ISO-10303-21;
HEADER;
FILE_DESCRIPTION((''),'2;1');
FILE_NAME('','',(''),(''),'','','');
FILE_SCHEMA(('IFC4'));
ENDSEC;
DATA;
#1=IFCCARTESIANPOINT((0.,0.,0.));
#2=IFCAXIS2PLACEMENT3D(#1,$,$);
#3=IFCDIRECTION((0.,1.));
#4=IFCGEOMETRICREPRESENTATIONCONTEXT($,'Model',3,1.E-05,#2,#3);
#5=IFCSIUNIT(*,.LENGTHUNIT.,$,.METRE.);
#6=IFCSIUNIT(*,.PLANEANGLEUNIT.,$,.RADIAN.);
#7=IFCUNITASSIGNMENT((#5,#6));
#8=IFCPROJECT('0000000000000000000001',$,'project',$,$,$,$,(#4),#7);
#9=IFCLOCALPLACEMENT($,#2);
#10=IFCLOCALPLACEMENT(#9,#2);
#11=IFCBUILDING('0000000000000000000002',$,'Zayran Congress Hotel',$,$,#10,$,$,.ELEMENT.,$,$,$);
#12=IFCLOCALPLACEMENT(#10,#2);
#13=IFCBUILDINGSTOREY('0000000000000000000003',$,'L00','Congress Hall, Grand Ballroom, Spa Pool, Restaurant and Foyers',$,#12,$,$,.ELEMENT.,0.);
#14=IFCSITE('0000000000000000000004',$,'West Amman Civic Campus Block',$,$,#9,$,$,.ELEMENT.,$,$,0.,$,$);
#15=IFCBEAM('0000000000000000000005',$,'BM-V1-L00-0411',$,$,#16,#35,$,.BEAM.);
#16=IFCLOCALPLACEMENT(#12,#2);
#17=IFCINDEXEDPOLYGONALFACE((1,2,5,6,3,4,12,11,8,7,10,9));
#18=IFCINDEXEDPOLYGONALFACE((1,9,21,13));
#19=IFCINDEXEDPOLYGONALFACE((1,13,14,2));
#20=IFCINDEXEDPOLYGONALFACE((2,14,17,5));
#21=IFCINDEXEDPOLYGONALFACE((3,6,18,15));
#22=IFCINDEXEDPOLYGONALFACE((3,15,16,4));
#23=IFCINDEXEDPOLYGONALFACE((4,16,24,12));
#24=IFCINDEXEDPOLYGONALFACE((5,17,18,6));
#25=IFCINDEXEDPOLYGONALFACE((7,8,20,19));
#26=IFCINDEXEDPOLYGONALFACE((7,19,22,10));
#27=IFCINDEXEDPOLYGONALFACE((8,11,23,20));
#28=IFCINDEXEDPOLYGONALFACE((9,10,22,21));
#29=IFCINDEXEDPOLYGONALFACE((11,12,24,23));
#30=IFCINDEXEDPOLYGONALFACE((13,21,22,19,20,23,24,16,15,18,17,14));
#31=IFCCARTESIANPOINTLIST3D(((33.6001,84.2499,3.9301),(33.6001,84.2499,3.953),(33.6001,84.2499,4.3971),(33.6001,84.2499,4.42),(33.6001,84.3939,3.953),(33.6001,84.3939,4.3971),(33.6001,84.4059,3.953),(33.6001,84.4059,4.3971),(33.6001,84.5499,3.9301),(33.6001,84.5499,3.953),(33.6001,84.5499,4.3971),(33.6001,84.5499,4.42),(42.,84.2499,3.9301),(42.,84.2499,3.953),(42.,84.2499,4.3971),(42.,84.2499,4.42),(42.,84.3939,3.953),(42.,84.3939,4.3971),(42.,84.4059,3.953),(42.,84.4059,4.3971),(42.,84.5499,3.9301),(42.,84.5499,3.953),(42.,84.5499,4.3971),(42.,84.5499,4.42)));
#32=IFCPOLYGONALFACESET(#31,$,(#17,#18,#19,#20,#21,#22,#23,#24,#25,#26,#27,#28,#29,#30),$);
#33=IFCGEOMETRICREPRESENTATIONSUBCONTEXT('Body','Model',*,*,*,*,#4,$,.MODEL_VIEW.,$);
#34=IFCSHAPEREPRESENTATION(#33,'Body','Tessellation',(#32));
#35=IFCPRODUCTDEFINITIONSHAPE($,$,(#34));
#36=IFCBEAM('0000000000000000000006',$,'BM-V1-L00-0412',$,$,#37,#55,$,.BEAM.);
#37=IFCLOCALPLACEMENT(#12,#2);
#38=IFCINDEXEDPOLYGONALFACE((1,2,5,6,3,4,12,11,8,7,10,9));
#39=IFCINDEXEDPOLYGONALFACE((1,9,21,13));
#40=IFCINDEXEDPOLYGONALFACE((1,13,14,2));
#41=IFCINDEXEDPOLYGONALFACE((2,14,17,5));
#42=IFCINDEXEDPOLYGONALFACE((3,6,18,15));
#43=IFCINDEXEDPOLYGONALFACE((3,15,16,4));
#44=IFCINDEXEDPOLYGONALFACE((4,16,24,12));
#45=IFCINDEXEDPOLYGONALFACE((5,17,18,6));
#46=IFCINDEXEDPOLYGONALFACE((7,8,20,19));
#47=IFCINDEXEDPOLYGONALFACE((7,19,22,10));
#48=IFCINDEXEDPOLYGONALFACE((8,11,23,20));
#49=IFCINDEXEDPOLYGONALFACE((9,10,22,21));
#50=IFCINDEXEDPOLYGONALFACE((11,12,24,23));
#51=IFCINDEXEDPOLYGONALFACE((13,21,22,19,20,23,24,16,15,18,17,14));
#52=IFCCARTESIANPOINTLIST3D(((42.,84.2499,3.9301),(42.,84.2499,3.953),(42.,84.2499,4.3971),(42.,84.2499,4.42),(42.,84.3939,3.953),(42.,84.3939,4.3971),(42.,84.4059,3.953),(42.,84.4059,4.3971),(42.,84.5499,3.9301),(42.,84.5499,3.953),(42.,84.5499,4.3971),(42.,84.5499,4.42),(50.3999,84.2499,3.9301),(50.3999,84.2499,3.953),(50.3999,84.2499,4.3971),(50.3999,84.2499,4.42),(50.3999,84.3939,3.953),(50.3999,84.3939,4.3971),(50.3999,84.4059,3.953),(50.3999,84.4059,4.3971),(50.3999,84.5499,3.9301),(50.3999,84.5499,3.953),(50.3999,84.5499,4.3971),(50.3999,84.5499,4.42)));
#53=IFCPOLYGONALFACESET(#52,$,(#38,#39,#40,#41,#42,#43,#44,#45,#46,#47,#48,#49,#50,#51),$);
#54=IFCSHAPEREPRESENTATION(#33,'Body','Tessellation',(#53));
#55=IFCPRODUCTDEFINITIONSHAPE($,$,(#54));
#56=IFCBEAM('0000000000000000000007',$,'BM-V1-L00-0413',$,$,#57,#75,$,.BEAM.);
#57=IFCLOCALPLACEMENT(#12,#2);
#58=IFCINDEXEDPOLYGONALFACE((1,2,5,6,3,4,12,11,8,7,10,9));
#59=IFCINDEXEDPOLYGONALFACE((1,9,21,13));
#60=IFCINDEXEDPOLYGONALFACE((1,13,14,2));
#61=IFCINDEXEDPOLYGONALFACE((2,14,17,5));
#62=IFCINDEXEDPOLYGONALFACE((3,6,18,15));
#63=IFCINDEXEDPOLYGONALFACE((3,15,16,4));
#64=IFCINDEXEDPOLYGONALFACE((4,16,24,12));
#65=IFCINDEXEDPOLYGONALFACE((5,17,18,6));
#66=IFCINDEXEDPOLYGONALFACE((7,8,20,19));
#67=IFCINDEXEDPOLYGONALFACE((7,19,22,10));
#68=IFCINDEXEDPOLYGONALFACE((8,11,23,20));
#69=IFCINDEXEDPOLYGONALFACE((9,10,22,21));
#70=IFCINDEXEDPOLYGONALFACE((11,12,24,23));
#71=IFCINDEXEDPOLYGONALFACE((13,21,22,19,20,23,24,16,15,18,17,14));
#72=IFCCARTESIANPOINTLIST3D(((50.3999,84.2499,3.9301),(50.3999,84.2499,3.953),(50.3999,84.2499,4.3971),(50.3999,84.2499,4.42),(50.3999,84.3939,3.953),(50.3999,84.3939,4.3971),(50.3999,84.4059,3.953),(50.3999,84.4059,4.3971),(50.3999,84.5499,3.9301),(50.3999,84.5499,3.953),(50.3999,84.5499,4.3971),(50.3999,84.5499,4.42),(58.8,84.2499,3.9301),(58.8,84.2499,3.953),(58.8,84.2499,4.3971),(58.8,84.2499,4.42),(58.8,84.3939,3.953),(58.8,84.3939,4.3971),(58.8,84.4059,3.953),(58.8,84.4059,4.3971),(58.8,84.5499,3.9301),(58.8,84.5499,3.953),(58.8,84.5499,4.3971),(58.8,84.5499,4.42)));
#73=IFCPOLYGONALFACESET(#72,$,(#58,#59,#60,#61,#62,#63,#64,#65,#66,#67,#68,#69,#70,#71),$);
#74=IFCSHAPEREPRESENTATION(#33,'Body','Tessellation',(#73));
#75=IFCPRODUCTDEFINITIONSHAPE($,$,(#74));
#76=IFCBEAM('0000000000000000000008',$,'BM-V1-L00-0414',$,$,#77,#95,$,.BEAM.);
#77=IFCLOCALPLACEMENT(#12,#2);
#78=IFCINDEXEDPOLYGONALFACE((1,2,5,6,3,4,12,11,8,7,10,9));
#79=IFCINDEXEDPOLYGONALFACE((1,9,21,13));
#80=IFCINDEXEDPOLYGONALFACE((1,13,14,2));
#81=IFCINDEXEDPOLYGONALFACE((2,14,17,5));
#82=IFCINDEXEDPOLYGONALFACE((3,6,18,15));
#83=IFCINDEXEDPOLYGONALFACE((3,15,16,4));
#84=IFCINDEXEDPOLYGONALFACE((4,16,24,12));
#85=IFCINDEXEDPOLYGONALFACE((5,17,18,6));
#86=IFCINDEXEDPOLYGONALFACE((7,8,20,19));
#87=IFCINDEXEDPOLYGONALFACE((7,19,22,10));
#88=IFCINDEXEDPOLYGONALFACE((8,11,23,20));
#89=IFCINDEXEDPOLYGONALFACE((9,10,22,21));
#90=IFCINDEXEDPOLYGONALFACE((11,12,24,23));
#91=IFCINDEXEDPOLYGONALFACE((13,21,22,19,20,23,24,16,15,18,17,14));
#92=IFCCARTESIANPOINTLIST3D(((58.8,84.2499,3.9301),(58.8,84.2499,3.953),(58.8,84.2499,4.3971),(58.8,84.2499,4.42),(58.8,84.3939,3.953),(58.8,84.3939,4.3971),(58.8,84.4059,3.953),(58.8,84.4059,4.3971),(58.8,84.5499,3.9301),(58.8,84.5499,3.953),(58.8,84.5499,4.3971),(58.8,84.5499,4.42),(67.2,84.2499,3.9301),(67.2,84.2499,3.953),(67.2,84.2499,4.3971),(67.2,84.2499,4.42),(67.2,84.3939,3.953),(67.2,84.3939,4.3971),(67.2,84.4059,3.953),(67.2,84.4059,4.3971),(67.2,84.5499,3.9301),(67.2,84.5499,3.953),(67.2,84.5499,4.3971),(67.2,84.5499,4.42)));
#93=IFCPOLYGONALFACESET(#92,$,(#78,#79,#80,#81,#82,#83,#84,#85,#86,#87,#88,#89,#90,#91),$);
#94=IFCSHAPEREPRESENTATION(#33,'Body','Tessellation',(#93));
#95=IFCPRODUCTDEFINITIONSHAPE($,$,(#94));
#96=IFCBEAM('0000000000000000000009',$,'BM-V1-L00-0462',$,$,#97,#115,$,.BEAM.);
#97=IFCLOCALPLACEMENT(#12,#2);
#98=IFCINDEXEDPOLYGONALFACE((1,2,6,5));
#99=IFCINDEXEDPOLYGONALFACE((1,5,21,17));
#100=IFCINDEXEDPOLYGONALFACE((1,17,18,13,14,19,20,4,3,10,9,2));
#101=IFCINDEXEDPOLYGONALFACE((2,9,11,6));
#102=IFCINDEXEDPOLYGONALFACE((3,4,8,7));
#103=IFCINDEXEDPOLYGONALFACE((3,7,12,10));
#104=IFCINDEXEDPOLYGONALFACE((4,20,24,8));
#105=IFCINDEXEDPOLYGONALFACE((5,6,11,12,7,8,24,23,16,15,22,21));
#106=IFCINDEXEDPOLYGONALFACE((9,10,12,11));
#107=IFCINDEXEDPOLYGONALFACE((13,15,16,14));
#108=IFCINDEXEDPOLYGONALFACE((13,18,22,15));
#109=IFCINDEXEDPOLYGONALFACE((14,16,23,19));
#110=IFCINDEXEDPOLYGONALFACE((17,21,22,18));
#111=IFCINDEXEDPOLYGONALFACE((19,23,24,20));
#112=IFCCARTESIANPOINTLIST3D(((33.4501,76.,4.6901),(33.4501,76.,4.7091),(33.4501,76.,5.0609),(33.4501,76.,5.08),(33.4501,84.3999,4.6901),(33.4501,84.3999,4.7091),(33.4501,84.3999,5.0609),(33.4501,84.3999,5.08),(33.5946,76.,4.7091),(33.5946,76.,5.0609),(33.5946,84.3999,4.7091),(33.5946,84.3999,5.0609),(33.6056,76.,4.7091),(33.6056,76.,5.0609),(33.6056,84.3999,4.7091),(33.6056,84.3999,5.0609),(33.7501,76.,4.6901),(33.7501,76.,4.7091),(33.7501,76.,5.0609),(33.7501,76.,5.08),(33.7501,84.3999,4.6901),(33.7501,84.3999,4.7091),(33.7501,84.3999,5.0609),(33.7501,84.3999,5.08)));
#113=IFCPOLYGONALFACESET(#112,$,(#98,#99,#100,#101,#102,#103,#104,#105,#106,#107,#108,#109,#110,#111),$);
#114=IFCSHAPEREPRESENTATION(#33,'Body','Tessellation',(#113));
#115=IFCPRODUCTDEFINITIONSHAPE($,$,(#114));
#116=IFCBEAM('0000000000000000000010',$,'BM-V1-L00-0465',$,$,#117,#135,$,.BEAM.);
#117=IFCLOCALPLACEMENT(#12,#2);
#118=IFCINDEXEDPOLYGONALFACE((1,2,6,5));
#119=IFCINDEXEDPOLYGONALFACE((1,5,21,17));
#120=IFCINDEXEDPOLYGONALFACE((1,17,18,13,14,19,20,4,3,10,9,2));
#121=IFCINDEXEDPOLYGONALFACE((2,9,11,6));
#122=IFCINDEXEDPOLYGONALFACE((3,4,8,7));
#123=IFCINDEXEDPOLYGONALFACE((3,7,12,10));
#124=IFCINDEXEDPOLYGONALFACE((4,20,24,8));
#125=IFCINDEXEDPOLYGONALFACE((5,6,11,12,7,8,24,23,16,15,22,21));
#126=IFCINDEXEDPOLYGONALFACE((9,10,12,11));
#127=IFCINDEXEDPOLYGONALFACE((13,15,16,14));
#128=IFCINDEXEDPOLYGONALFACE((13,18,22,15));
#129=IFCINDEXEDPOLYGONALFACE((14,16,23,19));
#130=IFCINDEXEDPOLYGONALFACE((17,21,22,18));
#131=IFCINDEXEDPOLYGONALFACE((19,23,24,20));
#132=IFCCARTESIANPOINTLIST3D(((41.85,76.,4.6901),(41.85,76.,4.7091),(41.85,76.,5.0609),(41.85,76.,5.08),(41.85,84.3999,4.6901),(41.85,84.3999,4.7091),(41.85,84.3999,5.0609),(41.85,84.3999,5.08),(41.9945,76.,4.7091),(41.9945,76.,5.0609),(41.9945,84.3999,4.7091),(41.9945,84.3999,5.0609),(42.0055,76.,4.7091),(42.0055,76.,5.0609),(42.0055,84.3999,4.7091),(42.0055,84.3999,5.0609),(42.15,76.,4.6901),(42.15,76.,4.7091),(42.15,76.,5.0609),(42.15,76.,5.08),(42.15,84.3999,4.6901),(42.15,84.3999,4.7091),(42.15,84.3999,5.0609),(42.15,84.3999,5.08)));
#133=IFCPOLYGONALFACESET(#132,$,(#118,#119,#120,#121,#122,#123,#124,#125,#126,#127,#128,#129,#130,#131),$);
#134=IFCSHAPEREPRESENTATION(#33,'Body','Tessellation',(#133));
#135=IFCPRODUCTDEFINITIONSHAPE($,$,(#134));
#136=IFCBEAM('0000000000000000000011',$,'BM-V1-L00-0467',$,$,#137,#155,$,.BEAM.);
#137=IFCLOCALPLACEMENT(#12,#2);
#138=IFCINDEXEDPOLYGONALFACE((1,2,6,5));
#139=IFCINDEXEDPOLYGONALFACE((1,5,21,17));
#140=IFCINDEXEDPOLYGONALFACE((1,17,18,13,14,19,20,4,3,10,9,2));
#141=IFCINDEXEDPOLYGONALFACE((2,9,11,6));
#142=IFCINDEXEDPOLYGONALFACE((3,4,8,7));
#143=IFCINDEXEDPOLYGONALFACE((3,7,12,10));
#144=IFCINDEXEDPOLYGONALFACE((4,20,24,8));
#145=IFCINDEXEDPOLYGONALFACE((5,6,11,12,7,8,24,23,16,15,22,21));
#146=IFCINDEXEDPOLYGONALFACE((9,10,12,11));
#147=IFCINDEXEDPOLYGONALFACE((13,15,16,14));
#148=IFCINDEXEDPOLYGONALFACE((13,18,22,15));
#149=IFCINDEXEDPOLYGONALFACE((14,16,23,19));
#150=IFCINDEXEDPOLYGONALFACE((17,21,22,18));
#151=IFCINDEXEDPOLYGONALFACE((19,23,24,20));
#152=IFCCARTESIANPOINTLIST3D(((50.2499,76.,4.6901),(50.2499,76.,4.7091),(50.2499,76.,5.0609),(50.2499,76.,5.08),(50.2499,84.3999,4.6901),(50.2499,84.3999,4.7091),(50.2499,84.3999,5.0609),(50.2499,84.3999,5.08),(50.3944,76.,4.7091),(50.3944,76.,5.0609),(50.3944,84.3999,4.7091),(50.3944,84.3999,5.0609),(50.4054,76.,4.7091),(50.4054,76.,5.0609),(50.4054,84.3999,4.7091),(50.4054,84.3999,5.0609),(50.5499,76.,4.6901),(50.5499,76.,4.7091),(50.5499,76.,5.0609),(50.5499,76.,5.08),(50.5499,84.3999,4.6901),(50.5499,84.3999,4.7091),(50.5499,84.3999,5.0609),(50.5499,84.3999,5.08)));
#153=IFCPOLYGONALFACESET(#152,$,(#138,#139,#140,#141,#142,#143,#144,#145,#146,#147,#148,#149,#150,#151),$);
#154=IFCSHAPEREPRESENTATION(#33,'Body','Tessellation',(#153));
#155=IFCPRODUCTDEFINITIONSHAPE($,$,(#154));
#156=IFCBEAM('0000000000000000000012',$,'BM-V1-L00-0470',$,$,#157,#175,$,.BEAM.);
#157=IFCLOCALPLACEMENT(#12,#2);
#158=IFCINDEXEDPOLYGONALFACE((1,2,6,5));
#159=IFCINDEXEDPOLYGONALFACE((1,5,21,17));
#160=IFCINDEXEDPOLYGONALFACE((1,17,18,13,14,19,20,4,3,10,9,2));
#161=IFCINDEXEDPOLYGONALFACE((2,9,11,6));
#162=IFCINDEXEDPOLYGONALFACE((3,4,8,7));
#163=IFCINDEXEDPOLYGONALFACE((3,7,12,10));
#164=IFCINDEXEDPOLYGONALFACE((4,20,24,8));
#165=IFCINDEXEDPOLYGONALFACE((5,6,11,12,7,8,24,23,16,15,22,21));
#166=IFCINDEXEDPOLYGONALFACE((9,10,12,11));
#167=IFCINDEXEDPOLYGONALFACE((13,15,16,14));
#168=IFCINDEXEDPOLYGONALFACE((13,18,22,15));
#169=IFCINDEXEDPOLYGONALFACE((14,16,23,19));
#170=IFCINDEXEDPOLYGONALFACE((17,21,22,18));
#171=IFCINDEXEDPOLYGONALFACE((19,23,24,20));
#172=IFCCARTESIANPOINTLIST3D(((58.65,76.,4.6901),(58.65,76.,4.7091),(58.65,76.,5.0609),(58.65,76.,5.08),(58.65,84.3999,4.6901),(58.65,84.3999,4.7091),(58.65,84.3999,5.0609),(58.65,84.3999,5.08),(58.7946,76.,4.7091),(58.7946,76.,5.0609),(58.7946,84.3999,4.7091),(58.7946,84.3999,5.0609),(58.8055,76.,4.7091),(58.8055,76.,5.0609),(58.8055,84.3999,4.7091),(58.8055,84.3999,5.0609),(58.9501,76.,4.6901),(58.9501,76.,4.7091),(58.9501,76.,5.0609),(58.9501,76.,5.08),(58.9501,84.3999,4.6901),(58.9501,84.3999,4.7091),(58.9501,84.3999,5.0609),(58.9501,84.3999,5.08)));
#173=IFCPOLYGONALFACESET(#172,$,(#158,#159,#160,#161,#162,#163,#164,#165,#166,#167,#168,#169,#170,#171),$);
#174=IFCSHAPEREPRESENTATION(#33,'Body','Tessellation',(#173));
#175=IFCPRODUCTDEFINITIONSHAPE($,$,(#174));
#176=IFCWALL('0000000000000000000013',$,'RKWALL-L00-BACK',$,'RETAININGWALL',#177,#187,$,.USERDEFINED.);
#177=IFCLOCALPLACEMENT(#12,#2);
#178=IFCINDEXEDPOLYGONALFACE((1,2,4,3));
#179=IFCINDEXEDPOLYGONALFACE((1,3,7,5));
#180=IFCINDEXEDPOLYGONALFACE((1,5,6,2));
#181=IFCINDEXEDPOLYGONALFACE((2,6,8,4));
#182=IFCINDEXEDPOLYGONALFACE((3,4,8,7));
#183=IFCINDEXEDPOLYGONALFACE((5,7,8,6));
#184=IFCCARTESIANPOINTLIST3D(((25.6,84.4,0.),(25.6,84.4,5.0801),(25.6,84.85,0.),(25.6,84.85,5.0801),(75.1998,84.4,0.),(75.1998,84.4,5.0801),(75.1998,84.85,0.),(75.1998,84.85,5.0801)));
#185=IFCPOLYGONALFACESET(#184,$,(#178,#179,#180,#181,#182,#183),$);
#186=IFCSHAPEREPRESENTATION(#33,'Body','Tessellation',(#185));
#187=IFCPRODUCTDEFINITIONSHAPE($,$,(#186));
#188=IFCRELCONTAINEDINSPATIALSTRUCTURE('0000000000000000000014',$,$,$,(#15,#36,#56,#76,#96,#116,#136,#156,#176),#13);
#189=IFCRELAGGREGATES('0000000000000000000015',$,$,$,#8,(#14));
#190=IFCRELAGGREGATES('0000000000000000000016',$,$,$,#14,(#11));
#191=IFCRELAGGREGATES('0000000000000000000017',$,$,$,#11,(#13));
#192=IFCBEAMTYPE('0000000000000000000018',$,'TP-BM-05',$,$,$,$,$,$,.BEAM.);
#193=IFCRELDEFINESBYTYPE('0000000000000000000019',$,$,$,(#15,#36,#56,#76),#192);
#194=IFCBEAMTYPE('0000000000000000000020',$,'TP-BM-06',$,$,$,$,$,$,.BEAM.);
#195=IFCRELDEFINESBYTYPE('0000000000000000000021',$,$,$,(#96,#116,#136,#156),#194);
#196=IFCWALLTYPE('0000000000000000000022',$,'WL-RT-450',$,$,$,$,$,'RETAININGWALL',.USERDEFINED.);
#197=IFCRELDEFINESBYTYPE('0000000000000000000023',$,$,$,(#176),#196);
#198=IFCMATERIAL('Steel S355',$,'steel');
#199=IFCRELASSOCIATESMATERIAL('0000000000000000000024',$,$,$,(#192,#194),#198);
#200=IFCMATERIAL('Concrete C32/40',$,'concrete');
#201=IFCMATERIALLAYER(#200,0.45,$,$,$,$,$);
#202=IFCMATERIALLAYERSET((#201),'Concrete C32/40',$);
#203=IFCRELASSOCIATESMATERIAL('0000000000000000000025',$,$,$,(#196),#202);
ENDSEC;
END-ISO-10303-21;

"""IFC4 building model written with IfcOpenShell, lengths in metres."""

from ifc_helpers import new_model, si_unit, direction, frame, frame_2d, origin, origin_2d, place, context, subcontext, project, spatial, rectangle, i_section, extrude, material, layer, layer_set, material_profile, profile_set, type_object, element, save


model = new_model("IFC4")

# Units and contexts
model_context = context("Model", 3, precision=1e-05, world=origin(), true_north=direction((0.0, 1.0)))
body_context = subcontext(model_context, "Body", "Model", "MODEL_VIEW")
ifc_project = project(units=[si_unit("LENGTHUNIT", "METRE"), si_unit("PLANEANGLEUNIT", "RADIAN")], contexts=[model_context])

# Site, building, storey
site_placement = place(None, origin())
site = spatial("IfcSite", under=ifc_project, at=site_placement, Name="West Amman Civic Campus Block", CompositionType="ELEMENT", RefElevation=0.0)
building_placement = place(site_placement, origin())
building = spatial("IfcBuilding", under=site, at=building_placement, Name="Zayran Congress Hotel", CompositionType="ELEMENT")
storey_placement = place(building_placement, origin())
storey = spatial("IfcBuildingStorey", under=building, at=storey_placement, Name="L00", Description="Congress Hall, Grand Ballroom, Spa Pool, Restaurant and Foyers", CompositionType="ELEMENT", Elevation=0.0)

# Beams
ifc_material_1 = material(Name="Steel S355", Category="steel")
ifc_material_profile_1 = material_profile(ifc_material_1, i_section(OverallWidth=0.3, OverallDepth=0.49, WebThickness=0.012, FlangeThickness=0.0229, at=origin_2d()), Name="HEA 500")
ifc_profile_set_1 = profile_set([ifc_material_profile_1], Name="Steel S355")
beam_type_1 = type_object("IfcBeamType", Name="TP-BM-05", PredefinedType="BEAM", material=ifc_profile_set_1)
for number, where, z_axis, x_axis, name in (
    (1, (33.6001, 84.3999, 4.175), (1.0, 0.0, 0.0), (0.0, 1.0, 0.0), "BM-V1-L00-0411"),
    (2, (42.0, 84.3999, 4.175), (1.0, 0.0, 0.0), (0.0, 1.0, 0.0), "BM-V1-L00-0412"),
):
    element("IfcBeam", number, at=place(storey_placement, frame(where, z_axis=z_axis, x_axis=x_axis)), inside=storey, type_object=beam_type_1, Name=name, PredefinedType="BEAM", context=body_context, shape_type="SweptSolid", body=[
        extrude(i_section(OverallWidth=0.3, OverallDepth=0.49, WebThickness=0.012, FlangeThickness=0.0229, at=origin_2d()), origin(), (0.0, 0.0, 1.0), 8.3999),
    ])
beam_1_placement = place(storey_placement, frame((50.3999, 84.3999, 4.175), z_axis=(1.0, 0.0, 0.0), x_axis=(0.0, 1.0, 0.0)))
element("IfcBeam", 3, at=beam_1_placement, inside=storey, type_object=beam_type_1, Name="BM-V1-L00-0413", PredefinedType="BEAM", context=body_context, shape_type="SweptSolid", body=[
    extrude(i_section(OverallWidth=0.3, OverallDepth=0.49, WebThickness=0.012, FlangeThickness=0.0229, at=origin_2d()), origin(), (0.0, 0.0, 1.0), 8.4001),
])
beam_2_placement = place(storey_placement, frame((58.8, 84.3999, 4.175), z_axis=(1.0, 0.0, 0.0), x_axis=(0.0, 1.0, 0.0)))
element("IfcBeam", 4, at=beam_2_placement, inside=storey, type_object=beam_type_1, Name="BM-V1-L00-0414", PredefinedType="BEAM", context=body_context, shape_type="SweptSolid", body=[
    extrude(i_section(OverallWidth=0.3, OverallDepth=0.49, WebThickness=0.012, FlangeThickness=0.0229, at=origin_2d()), origin(), (0.0, 0.0, 1.0), 8.3999),
])
ifc_material_profile_2 = material_profile(ifc_material_1, i_section(OverallWidth=0.3, OverallDepth=0.3899, WebThickness=0.011, FlangeThickness=0.019, at=origin_2d()), Name="HEA 400")
ifc_profile_set_2 = profile_set([ifc_material_profile_2], Name="Steel S355")
beam_type_2 = type_object("IfcBeamType", Name="TP-BM-06", PredefinedType="BEAM", material=ifc_profile_set_2)
for number, where, z_axis, x_axis, name in (
    (5, (33.6001, 76.0, 4.885), (0.0, 1.0, 0.0), (-1.0, 0.0, 0.0), "BM-V1-L00-0462"),
    (6, (42.0, 76.0, 4.885), (0.0, 1.0, 0.0), (-1.0, 0.0, 0.0), "BM-V1-L00-0465"),
    (7, (50.3999, 76.0, 4.885), (0.0, 1.0, 0.0), (-1.0, 0.0, 0.0), "BM-V1-L00-0467"),
    (8, (58.8, 76.0, 4.885), (0.0, 1.0, 0.0), (-1.0, 0.0, 0.0), "BM-V1-L00-0470"),
):
    element("IfcBeam", number, at=place(storey_placement, frame(where, z_axis=z_axis, x_axis=x_axis)), inside=storey, type_object=beam_type_2, Name=name, PredefinedType="BEAM", context=body_context, shape_type="SweptSolid", body=[
        extrude(i_section(OverallWidth=0.3, OverallDepth=0.3899, WebThickness=0.011, FlangeThickness=0.019, at=origin_2d()), origin(), (0.0, 0.0, 1.0), 8.3999),
    ])

# Wall
ifc_material_2 = material(Name="Concrete C32/40", Category="concrete")
ifc_layer_1 = layer(ifc_material_2, 0.45)
ifc_layer_set_1 = layer_set([ifc_layer_1], Name="Concrete C32/40")
wall_type_1 = type_object("IfcWallType", Name="WL-RT-450", ElementType="RETAININGWALL", PredefinedType="USERDEFINED", material=ifc_layer_set_1)
wall_1_placement = place(storey_placement, frame((25.6001, 84.625, 0.0), z_axis=(0.0, 0.0, 1.0), x_axis=(1.0, 0.0, 0.0)))
element("IfcWall", 9, at=wall_1_placement, inside=storey, type_object=wall_type_1, Name="RKWALL-L00-BACK", ObjectType="RETAININGWALL", PredefinedType="USERDEFINED", context=body_context, shape_type="SweptSolid", body=[
    extrude(rectangle(XDim=49.5999, YDim=0.45, at=frame_2d((24.7998, 0.0))), origin(), (0.0, 0.0, 1.0), 5.0801),
])

save(model, "model.ifc")
